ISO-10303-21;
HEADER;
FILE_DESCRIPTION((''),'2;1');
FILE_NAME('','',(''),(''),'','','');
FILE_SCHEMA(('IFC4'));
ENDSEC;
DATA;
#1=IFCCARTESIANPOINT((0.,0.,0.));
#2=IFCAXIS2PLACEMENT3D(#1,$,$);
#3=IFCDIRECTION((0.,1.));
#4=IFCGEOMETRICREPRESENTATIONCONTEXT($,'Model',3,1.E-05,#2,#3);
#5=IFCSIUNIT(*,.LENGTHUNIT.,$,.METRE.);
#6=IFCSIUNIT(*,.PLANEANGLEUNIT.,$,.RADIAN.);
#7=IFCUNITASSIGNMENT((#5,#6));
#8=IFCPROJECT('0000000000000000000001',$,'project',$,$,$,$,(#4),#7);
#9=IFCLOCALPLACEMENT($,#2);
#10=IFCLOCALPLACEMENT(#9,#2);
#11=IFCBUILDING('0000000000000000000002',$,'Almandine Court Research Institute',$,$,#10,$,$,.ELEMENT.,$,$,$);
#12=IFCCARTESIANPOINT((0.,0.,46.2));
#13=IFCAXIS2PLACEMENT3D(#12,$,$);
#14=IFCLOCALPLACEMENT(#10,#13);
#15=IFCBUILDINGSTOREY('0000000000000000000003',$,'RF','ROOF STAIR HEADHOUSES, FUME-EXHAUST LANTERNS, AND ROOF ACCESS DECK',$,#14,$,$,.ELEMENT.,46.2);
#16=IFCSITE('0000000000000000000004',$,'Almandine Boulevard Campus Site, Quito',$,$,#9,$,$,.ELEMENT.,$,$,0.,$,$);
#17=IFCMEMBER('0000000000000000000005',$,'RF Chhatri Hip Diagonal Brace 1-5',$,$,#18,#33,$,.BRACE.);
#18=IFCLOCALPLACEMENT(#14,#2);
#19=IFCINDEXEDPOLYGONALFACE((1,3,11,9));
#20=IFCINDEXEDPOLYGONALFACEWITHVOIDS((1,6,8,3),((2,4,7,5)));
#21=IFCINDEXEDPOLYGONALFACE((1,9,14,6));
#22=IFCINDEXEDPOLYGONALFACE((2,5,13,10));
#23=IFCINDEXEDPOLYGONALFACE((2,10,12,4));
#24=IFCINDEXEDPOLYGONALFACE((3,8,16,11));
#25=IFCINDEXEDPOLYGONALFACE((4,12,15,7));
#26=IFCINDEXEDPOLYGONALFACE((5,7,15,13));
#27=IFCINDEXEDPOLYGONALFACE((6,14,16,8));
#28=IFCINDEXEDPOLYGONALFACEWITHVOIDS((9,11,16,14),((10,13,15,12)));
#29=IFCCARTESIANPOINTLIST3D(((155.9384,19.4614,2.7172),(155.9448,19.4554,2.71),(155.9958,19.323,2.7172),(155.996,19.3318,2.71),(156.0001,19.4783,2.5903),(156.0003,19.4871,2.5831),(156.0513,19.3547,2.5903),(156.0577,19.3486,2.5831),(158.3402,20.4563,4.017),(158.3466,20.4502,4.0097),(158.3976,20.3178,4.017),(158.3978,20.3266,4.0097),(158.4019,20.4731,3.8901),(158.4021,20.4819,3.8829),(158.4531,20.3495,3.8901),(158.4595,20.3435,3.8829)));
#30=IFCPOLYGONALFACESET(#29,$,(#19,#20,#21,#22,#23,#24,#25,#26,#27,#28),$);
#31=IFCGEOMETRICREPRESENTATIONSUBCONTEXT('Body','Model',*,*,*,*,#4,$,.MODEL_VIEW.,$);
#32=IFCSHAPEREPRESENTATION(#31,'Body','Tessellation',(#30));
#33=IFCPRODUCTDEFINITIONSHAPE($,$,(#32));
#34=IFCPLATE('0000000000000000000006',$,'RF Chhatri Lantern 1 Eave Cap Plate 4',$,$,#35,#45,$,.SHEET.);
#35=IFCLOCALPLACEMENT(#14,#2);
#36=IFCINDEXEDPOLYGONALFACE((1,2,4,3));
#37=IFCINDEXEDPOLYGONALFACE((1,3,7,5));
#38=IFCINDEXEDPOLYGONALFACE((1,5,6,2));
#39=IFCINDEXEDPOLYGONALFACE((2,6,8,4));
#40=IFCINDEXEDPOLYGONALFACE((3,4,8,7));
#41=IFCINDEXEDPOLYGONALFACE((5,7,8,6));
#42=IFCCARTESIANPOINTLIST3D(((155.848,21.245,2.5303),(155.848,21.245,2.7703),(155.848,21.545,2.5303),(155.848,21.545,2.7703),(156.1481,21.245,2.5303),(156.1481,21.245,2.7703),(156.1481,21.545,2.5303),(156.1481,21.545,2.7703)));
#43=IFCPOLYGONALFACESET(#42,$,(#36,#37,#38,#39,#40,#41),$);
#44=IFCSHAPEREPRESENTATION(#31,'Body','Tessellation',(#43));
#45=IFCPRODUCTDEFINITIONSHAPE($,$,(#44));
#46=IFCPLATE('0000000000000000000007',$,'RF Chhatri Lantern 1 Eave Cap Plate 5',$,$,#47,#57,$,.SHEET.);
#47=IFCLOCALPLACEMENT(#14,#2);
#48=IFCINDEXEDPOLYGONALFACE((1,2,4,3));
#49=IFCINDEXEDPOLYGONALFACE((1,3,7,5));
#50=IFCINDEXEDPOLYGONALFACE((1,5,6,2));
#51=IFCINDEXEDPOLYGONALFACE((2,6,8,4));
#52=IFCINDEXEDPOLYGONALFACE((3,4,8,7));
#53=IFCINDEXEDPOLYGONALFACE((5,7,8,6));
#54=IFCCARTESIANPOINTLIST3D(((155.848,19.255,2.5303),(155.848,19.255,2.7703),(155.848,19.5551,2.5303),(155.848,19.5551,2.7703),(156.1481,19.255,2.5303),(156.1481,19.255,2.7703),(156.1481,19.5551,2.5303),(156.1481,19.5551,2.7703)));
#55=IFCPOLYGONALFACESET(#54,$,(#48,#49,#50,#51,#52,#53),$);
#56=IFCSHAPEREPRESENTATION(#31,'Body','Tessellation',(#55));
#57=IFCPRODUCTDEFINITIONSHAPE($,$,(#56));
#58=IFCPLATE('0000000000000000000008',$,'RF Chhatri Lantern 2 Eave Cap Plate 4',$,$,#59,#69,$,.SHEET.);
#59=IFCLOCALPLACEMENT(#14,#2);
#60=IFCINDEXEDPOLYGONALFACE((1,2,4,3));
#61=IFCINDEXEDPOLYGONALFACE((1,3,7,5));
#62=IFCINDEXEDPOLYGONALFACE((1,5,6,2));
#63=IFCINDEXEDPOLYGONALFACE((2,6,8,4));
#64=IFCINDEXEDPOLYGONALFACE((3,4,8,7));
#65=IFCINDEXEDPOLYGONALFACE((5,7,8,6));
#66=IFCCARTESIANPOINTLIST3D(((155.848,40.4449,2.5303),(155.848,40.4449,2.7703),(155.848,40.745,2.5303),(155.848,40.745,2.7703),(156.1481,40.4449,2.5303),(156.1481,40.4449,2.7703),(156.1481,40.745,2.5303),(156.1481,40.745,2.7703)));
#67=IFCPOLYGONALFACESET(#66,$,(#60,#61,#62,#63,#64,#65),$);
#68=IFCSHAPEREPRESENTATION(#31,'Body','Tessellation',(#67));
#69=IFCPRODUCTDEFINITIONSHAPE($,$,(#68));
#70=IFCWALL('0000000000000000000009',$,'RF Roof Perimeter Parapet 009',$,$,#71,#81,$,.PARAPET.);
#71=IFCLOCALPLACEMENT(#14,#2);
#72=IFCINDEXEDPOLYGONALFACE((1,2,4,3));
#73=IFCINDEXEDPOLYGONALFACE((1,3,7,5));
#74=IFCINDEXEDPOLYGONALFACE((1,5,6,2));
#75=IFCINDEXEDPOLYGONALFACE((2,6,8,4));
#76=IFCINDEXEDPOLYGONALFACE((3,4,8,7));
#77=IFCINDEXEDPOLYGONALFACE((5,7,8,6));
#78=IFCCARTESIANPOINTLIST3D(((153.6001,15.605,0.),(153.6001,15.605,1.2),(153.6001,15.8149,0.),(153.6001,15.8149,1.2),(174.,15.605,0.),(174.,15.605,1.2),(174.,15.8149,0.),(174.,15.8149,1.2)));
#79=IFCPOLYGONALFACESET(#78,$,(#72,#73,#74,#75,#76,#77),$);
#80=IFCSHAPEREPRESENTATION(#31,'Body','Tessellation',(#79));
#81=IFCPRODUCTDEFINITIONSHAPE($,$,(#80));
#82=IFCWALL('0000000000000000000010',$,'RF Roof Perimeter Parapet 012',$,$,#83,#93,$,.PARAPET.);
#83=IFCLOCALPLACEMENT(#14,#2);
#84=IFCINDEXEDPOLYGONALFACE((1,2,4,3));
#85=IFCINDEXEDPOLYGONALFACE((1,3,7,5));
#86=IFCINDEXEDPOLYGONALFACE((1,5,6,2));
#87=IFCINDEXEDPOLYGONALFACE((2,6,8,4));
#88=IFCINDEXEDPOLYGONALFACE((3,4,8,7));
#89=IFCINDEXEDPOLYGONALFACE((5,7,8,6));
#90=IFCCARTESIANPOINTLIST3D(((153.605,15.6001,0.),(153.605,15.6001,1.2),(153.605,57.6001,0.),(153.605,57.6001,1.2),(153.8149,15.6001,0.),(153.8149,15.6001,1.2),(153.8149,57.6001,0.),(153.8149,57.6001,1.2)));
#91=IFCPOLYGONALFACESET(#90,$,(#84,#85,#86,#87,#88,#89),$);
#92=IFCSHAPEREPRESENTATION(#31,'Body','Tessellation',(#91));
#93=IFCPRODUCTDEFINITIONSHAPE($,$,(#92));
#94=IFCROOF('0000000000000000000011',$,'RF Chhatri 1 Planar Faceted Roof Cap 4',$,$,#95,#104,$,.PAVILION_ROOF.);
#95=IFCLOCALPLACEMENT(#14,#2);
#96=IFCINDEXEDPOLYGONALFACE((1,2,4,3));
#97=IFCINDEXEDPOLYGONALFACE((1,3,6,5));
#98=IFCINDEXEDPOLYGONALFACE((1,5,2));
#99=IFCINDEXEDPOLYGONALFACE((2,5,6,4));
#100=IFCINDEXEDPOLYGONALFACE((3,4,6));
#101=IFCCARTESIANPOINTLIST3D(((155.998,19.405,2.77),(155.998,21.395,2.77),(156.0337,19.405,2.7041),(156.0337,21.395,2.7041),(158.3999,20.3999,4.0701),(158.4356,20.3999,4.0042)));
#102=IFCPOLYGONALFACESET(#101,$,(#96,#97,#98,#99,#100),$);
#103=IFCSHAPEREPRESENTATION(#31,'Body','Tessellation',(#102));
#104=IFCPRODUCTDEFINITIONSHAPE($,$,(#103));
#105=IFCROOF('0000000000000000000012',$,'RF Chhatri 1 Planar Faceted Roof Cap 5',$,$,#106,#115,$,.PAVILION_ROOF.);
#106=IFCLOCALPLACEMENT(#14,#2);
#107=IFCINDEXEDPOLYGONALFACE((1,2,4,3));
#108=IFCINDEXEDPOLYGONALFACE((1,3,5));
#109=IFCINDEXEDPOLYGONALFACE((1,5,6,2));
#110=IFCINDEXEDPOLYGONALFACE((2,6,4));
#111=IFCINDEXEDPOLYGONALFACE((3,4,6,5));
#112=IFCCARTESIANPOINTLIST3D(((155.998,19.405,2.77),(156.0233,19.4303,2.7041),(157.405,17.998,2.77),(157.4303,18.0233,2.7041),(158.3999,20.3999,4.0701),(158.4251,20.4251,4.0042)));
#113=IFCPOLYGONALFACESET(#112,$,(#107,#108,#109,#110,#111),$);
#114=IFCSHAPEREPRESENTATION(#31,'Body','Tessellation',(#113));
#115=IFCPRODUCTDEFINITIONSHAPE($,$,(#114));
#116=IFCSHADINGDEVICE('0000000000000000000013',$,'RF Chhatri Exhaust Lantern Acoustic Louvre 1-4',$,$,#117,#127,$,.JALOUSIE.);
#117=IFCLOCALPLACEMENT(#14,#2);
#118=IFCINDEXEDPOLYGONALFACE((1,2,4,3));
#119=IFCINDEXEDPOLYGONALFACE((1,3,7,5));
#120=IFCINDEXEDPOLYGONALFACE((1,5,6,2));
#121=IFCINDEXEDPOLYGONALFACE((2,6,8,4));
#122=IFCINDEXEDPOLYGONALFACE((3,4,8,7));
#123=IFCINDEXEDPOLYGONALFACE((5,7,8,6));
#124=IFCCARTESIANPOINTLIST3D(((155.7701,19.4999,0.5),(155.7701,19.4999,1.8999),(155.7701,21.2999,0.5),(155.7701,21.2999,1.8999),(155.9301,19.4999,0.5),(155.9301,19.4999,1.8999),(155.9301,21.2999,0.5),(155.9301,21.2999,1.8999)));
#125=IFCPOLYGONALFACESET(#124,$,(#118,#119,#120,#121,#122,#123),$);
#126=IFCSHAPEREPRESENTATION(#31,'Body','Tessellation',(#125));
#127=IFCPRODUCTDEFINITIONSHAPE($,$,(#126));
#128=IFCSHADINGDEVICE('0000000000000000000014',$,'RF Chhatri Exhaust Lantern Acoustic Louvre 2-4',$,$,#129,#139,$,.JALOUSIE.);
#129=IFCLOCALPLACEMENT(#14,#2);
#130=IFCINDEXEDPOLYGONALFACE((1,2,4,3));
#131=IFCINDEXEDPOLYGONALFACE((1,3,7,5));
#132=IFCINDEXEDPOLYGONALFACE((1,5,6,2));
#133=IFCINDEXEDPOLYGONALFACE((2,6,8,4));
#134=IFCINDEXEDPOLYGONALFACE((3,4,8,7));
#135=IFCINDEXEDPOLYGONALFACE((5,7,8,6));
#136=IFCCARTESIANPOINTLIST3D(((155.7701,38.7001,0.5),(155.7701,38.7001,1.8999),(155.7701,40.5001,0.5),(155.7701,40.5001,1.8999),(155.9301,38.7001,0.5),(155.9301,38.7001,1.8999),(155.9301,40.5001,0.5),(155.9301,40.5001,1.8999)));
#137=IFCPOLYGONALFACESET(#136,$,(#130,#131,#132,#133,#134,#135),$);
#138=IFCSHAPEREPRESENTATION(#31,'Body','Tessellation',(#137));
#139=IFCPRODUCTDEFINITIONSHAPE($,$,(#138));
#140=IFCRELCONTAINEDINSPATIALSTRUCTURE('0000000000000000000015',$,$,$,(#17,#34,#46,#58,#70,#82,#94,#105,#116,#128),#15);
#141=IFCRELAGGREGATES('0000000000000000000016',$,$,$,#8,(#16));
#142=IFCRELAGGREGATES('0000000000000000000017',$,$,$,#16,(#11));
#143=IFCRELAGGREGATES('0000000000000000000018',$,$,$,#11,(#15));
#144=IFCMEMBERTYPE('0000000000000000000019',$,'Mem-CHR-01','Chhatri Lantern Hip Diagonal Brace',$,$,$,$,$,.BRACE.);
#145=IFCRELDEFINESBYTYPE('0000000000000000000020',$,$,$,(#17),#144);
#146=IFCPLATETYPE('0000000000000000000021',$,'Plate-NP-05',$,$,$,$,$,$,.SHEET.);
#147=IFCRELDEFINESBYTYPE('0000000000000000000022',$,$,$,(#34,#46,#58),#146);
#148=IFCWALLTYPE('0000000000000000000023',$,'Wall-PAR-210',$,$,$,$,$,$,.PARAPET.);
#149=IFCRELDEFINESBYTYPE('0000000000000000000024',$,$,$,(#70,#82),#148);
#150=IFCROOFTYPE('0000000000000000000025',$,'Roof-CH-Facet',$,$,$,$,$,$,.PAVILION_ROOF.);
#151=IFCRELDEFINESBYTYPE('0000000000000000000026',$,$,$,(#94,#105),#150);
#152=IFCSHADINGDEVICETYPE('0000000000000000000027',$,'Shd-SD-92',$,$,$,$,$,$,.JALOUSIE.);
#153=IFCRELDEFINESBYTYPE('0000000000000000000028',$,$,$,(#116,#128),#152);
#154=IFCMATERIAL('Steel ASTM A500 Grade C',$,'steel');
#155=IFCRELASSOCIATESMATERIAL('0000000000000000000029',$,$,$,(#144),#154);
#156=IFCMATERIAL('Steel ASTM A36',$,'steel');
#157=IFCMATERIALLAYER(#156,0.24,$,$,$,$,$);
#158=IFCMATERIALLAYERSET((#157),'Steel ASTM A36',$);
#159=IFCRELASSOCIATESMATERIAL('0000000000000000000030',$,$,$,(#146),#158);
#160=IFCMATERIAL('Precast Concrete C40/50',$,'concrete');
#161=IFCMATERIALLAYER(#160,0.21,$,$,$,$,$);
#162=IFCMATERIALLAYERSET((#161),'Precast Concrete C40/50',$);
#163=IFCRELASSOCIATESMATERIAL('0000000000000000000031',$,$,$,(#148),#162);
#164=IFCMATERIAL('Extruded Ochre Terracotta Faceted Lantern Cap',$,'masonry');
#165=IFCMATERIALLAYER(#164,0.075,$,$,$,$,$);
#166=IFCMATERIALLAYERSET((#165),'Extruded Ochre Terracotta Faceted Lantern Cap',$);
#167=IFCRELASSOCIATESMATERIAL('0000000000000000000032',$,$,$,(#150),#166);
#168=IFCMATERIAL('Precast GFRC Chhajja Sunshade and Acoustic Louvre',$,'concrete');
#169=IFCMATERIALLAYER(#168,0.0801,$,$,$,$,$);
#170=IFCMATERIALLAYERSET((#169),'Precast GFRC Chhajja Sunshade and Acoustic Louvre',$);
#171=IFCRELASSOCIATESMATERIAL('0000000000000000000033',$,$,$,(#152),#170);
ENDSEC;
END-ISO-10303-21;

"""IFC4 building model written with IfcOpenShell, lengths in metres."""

from ifc_helpers import new_model, si_unit, direction, frame, frame_2d, origin, origin_2d, place, context, subcontext, project, spatial, polyline, rectangle, hollow_rectangle, outline, extrude, material, layer, layer_set, material_profile, profile_set, type_object, element, save


model = new_model("IFC4")

# Units and contexts
model_context = context("Model", 3, precision=1e-05, world=origin(), true_north=direction((0.0, 1.0)))
body_context = subcontext(model_context, "Body", "Model", "MODEL_VIEW")
ifc_project = project(units=[si_unit("LENGTHUNIT", "METRE"), si_unit("PLANEANGLEUNIT", "RADIAN")], contexts=[model_context])

# Site, building, storey
site_placement = place(None, origin())
site = spatial("IfcSite", under=ifc_project, at=site_placement, Name="Almandine Boulevard Campus Site, Quito", CompositionType="ELEMENT", RefElevation=0.0)
building_placement = place(site_placement, origin())
building = spatial("IfcBuilding", under=site, at=building_placement, Name="Almandine Court Research Institute", CompositionType="ELEMENT")
storey_placement = place(building_placement, frame((0.0, 0.0, 46.2)))
storey = spatial("IfcBuildingStorey", under=building, at=storey_placement, Name="RF", Description="ROOF STAIR HEADHOUSES, FUME-EXHAUST LANTERNS, AND ROOF ACCESS DECK", CompositionType="ELEMENT", Elevation=46.2)

# Shared definitions
ifc_material_1 = material(Name="Steel ASTM A500 Grade C", Category="steel")

# Member
ifc_material_profile_1 = material_profile(ifc_material_1, hollow_rectangle(XDim=0.1499, YDim=0.1499, WallThickness=0.0081, at=origin_2d()), Name="HSS 150x150x8")
ifc_profile_set_1 = profile_set([ifc_material_profile_1], Name="Steel ASTM A500 Grade C")
member_type = type_object("IfcMemberType", Name="Mem-CHR-01", Description="Chhatri Lantern Hip Diagonal Brace", PredefinedType="BRACE", material=ifc_profile_set_1)
member_1_placement = place(storey_placement, frame((155.998, 19.405, 2.6501), z_axis=(0.826353, 0.342284, 0.447195), x_axis=(-0.382681, 0.923881, 0.0)))
element("IfcMember", 1, at=member_1_placement, inside=storey, type_object=member_type, Name="RF Chhatri Hip Diagonal Brace 1-5", PredefinedType="BRACE", context=body_context, shape_type="SweptSolid", body=[
    extrude(hollow_rectangle(XDim=0.1499, YDim=0.1499, WallThickness=0.0081, at=origin_2d()), origin(), (0.0, 0.0, 1.0), 2.9065),
])

# Plates
ifc_material_2 = material(Name="Steel ASTM A36", Category="steel")
ifc_layer_1 = layer(ifc_material_2, 0.24)
ifc_layer_set_1 = layer_set([ifc_layer_1], Name="Steel ASTM A36")
plate_type = type_object("IfcPlateType", Name="Plate-NP-05", PredefinedType="SHEET", material=ifc_layer_set_1)
for number, where, z_axis, x_axis, name in (
    (2, (155.998, 21.395, 2.5303), (0.0, 0.0, 1.0), (1.0, 0.0, 0.0), "RF Chhatri Lantern 1 Eave Cap Plate 4"),
    (3, (155.998, 19.405, 2.5303), (0.0, 0.0, 1.0), (1.0, 0.0, 0.0), "RF Chhatri Lantern 1 Eave Cap Plate 5"),
    (4, (155.998, 40.595, 2.5303), (0.0, 0.0, 1.0), (1.0, 0.0, 0.0), "RF Chhatri Lantern 2 Eave Cap Plate 4"),
):
    element("IfcPlate", number, at=place(storey_placement, frame(where, z_axis=z_axis, x_axis=x_axis)), inside=storey, type_object=plate_type, Name=name, PredefinedType="SHEET", context=body_context, shape_type="SweptSolid", body=[
        extrude(rectangle(XDim=0.3, YDim=0.3, at=origin_2d()), origin(), (0.0, 0.0, 1.0), 0.24),
    ])

# Walls
ifc_material_3 = material(Name="Precast Concrete C40/50", Category="concrete")
ifc_layer_2 = layer(ifc_material_3, 0.21)
ifc_layer_set_2 = layer_set([ifc_layer_2], Name="Precast Concrete C40/50")
wall_type = type_object("IfcWallType", Name="Wall-PAR-210", PredefinedType="PARAPET", material=ifc_layer_set_2)
wall_1_placement = place(storey_placement, frame((153.6001, 15.71, 0.0), z_axis=(0.0, 0.0, 1.0), x_axis=(1.0, 0.0, 0.0)))
element("IfcWall", 5, at=wall_1_placement, inside=storey, type_object=wall_type, Name="RF Roof Perimeter Parapet 009", PredefinedType="PARAPET", context=body_context, shape_type="SweptSolid", body=[
    extrude(rectangle(XDim=20.3999, YDim=0.21, at=frame_2d((10.2, 0.0))), origin(), (0.0, 0.0, 1.0), 1.2),
])
wall_2_placement = place(storey_placement, frame((153.71, 57.6001, 0.0), z_axis=(0.0, 0.0, 1.0), x_axis=(0.0, -1.0, 0.0)))
element("IfcWall", 6, at=wall_2_placement, inside=storey, type_object=wall_type, Name="RF Roof Perimeter Parapet 012", PredefinedType="PARAPET", context=body_context, shape_type="SweptSolid", body=[
    extrude(rectangle(XDim=42.0, YDim=0.21, at=frame_2d((21.0, 0.0))), origin(), (0.0, 0.0, 1.0), 1.2),
])

# Roofs
ifc_material_4 = material(Name="Extruded Ochre Terracotta Faceted Lantern Cap", Category="masonry")
ifc_layer_3 = layer(ifc_material_4, 0.075)
ifc_layer_set_3 = layer_set([ifc_layer_3], Name="Extruded Ochre Terracotta Faceted Lantern Cap")
roof_type = type_object("IfcRoofType", Name="Roof-CH-Facet", PredefinedType="PAVILION_ROOF", material=ifc_layer_set_3)
roof_1_placement = place(storey_placement, frame((155.998, 21.395, 2.77), z_axis=(-0.476012, 0.0, 0.879439), x_axis=(0.0, -1.0, 0.0)))
element("IfcRoof", 7, at=roof_1_placement, inside=storey, type_object=roof_type, Name="RF Chhatri 1 Planar Faceted Roof Cap 4", PredefinedType="PAVILION_ROOF", context=body_context, shape_type="SweptSolid", body=[
    extrude(outline(polyline([(0.0, 0.0), (1.99, 0.0), (0.9951, 2.7311), (0.0, 0.0)])), origin(), (0.0, 0.0, -1.0), 0.075),
])
roof_2_placement = place(storey_placement, frame((155.998, 19.405, 2.77), z_axis=(-0.336592, -0.336592, 0.879438), x_axis=(0.707107, -0.707107, 0.0)))
element("IfcRoof", 8, at=roof_2_placement, inside=storey, type_object=roof_type, Name="RF Chhatri 1 Planar Faceted Roof Cap 5", PredefinedType="PAVILION_ROOF", context=body_context, shape_type="SweptSolid", body=[
    extrude(outline(polyline([(0.0, 0.0), (1.9898, 0.0), (0.9949, 2.7311), (0.0, 0.0)])), origin(), (0.0, 0.0, -1.0), 0.075),
])

# Shading devices
ifc_material_5 = material(Name="Precast GFRC Chhajja Sunshade and Acoustic Louvre", Category="concrete")
ifc_layer_4 = layer(ifc_material_5, 0.0801)
ifc_layer_set_4 = layer_set([ifc_layer_4], Name="Precast GFRC Chhajja Sunshade and Acoustic Louvre")
shading_device_type = type_object("IfcShadingDeviceType", Name="Shd-SD-92", PredefinedType="JALOUSIE", material=ifc_layer_set_4)
for number, where, z_axis, x_axis, name in (
    (9, (155.8501, 20.3999, 0.5), (0.0, 0.0, 1.0), (0.0, 1.0, 0.0), "RF Chhatri Exhaust Lantern Acoustic Louvre 1-4"),
    (10, (155.8501, 39.6001, 0.5), (0.0, 0.0, 1.0), (0.0, 1.0, 0.0), "RF Chhatri Exhaust Lantern Acoustic Louvre 2-4"),
):
    element("IfcShadingDevice", number, at=place(storey_placement, frame(where, z_axis=z_axis, x_axis=x_axis)), inside=storey, type_object=shading_device_type, Name=name, PredefinedType="JALOUSIE", context=body_context, shape_type="SweptSolid", body=[
        extrude(rectangle(XDim=1.8, YDim=0.1599, at=origin_2d()), origin(), (0.0, 0.0, 1.0), 1.3999),
    ])

save(model, "model.ifc")
